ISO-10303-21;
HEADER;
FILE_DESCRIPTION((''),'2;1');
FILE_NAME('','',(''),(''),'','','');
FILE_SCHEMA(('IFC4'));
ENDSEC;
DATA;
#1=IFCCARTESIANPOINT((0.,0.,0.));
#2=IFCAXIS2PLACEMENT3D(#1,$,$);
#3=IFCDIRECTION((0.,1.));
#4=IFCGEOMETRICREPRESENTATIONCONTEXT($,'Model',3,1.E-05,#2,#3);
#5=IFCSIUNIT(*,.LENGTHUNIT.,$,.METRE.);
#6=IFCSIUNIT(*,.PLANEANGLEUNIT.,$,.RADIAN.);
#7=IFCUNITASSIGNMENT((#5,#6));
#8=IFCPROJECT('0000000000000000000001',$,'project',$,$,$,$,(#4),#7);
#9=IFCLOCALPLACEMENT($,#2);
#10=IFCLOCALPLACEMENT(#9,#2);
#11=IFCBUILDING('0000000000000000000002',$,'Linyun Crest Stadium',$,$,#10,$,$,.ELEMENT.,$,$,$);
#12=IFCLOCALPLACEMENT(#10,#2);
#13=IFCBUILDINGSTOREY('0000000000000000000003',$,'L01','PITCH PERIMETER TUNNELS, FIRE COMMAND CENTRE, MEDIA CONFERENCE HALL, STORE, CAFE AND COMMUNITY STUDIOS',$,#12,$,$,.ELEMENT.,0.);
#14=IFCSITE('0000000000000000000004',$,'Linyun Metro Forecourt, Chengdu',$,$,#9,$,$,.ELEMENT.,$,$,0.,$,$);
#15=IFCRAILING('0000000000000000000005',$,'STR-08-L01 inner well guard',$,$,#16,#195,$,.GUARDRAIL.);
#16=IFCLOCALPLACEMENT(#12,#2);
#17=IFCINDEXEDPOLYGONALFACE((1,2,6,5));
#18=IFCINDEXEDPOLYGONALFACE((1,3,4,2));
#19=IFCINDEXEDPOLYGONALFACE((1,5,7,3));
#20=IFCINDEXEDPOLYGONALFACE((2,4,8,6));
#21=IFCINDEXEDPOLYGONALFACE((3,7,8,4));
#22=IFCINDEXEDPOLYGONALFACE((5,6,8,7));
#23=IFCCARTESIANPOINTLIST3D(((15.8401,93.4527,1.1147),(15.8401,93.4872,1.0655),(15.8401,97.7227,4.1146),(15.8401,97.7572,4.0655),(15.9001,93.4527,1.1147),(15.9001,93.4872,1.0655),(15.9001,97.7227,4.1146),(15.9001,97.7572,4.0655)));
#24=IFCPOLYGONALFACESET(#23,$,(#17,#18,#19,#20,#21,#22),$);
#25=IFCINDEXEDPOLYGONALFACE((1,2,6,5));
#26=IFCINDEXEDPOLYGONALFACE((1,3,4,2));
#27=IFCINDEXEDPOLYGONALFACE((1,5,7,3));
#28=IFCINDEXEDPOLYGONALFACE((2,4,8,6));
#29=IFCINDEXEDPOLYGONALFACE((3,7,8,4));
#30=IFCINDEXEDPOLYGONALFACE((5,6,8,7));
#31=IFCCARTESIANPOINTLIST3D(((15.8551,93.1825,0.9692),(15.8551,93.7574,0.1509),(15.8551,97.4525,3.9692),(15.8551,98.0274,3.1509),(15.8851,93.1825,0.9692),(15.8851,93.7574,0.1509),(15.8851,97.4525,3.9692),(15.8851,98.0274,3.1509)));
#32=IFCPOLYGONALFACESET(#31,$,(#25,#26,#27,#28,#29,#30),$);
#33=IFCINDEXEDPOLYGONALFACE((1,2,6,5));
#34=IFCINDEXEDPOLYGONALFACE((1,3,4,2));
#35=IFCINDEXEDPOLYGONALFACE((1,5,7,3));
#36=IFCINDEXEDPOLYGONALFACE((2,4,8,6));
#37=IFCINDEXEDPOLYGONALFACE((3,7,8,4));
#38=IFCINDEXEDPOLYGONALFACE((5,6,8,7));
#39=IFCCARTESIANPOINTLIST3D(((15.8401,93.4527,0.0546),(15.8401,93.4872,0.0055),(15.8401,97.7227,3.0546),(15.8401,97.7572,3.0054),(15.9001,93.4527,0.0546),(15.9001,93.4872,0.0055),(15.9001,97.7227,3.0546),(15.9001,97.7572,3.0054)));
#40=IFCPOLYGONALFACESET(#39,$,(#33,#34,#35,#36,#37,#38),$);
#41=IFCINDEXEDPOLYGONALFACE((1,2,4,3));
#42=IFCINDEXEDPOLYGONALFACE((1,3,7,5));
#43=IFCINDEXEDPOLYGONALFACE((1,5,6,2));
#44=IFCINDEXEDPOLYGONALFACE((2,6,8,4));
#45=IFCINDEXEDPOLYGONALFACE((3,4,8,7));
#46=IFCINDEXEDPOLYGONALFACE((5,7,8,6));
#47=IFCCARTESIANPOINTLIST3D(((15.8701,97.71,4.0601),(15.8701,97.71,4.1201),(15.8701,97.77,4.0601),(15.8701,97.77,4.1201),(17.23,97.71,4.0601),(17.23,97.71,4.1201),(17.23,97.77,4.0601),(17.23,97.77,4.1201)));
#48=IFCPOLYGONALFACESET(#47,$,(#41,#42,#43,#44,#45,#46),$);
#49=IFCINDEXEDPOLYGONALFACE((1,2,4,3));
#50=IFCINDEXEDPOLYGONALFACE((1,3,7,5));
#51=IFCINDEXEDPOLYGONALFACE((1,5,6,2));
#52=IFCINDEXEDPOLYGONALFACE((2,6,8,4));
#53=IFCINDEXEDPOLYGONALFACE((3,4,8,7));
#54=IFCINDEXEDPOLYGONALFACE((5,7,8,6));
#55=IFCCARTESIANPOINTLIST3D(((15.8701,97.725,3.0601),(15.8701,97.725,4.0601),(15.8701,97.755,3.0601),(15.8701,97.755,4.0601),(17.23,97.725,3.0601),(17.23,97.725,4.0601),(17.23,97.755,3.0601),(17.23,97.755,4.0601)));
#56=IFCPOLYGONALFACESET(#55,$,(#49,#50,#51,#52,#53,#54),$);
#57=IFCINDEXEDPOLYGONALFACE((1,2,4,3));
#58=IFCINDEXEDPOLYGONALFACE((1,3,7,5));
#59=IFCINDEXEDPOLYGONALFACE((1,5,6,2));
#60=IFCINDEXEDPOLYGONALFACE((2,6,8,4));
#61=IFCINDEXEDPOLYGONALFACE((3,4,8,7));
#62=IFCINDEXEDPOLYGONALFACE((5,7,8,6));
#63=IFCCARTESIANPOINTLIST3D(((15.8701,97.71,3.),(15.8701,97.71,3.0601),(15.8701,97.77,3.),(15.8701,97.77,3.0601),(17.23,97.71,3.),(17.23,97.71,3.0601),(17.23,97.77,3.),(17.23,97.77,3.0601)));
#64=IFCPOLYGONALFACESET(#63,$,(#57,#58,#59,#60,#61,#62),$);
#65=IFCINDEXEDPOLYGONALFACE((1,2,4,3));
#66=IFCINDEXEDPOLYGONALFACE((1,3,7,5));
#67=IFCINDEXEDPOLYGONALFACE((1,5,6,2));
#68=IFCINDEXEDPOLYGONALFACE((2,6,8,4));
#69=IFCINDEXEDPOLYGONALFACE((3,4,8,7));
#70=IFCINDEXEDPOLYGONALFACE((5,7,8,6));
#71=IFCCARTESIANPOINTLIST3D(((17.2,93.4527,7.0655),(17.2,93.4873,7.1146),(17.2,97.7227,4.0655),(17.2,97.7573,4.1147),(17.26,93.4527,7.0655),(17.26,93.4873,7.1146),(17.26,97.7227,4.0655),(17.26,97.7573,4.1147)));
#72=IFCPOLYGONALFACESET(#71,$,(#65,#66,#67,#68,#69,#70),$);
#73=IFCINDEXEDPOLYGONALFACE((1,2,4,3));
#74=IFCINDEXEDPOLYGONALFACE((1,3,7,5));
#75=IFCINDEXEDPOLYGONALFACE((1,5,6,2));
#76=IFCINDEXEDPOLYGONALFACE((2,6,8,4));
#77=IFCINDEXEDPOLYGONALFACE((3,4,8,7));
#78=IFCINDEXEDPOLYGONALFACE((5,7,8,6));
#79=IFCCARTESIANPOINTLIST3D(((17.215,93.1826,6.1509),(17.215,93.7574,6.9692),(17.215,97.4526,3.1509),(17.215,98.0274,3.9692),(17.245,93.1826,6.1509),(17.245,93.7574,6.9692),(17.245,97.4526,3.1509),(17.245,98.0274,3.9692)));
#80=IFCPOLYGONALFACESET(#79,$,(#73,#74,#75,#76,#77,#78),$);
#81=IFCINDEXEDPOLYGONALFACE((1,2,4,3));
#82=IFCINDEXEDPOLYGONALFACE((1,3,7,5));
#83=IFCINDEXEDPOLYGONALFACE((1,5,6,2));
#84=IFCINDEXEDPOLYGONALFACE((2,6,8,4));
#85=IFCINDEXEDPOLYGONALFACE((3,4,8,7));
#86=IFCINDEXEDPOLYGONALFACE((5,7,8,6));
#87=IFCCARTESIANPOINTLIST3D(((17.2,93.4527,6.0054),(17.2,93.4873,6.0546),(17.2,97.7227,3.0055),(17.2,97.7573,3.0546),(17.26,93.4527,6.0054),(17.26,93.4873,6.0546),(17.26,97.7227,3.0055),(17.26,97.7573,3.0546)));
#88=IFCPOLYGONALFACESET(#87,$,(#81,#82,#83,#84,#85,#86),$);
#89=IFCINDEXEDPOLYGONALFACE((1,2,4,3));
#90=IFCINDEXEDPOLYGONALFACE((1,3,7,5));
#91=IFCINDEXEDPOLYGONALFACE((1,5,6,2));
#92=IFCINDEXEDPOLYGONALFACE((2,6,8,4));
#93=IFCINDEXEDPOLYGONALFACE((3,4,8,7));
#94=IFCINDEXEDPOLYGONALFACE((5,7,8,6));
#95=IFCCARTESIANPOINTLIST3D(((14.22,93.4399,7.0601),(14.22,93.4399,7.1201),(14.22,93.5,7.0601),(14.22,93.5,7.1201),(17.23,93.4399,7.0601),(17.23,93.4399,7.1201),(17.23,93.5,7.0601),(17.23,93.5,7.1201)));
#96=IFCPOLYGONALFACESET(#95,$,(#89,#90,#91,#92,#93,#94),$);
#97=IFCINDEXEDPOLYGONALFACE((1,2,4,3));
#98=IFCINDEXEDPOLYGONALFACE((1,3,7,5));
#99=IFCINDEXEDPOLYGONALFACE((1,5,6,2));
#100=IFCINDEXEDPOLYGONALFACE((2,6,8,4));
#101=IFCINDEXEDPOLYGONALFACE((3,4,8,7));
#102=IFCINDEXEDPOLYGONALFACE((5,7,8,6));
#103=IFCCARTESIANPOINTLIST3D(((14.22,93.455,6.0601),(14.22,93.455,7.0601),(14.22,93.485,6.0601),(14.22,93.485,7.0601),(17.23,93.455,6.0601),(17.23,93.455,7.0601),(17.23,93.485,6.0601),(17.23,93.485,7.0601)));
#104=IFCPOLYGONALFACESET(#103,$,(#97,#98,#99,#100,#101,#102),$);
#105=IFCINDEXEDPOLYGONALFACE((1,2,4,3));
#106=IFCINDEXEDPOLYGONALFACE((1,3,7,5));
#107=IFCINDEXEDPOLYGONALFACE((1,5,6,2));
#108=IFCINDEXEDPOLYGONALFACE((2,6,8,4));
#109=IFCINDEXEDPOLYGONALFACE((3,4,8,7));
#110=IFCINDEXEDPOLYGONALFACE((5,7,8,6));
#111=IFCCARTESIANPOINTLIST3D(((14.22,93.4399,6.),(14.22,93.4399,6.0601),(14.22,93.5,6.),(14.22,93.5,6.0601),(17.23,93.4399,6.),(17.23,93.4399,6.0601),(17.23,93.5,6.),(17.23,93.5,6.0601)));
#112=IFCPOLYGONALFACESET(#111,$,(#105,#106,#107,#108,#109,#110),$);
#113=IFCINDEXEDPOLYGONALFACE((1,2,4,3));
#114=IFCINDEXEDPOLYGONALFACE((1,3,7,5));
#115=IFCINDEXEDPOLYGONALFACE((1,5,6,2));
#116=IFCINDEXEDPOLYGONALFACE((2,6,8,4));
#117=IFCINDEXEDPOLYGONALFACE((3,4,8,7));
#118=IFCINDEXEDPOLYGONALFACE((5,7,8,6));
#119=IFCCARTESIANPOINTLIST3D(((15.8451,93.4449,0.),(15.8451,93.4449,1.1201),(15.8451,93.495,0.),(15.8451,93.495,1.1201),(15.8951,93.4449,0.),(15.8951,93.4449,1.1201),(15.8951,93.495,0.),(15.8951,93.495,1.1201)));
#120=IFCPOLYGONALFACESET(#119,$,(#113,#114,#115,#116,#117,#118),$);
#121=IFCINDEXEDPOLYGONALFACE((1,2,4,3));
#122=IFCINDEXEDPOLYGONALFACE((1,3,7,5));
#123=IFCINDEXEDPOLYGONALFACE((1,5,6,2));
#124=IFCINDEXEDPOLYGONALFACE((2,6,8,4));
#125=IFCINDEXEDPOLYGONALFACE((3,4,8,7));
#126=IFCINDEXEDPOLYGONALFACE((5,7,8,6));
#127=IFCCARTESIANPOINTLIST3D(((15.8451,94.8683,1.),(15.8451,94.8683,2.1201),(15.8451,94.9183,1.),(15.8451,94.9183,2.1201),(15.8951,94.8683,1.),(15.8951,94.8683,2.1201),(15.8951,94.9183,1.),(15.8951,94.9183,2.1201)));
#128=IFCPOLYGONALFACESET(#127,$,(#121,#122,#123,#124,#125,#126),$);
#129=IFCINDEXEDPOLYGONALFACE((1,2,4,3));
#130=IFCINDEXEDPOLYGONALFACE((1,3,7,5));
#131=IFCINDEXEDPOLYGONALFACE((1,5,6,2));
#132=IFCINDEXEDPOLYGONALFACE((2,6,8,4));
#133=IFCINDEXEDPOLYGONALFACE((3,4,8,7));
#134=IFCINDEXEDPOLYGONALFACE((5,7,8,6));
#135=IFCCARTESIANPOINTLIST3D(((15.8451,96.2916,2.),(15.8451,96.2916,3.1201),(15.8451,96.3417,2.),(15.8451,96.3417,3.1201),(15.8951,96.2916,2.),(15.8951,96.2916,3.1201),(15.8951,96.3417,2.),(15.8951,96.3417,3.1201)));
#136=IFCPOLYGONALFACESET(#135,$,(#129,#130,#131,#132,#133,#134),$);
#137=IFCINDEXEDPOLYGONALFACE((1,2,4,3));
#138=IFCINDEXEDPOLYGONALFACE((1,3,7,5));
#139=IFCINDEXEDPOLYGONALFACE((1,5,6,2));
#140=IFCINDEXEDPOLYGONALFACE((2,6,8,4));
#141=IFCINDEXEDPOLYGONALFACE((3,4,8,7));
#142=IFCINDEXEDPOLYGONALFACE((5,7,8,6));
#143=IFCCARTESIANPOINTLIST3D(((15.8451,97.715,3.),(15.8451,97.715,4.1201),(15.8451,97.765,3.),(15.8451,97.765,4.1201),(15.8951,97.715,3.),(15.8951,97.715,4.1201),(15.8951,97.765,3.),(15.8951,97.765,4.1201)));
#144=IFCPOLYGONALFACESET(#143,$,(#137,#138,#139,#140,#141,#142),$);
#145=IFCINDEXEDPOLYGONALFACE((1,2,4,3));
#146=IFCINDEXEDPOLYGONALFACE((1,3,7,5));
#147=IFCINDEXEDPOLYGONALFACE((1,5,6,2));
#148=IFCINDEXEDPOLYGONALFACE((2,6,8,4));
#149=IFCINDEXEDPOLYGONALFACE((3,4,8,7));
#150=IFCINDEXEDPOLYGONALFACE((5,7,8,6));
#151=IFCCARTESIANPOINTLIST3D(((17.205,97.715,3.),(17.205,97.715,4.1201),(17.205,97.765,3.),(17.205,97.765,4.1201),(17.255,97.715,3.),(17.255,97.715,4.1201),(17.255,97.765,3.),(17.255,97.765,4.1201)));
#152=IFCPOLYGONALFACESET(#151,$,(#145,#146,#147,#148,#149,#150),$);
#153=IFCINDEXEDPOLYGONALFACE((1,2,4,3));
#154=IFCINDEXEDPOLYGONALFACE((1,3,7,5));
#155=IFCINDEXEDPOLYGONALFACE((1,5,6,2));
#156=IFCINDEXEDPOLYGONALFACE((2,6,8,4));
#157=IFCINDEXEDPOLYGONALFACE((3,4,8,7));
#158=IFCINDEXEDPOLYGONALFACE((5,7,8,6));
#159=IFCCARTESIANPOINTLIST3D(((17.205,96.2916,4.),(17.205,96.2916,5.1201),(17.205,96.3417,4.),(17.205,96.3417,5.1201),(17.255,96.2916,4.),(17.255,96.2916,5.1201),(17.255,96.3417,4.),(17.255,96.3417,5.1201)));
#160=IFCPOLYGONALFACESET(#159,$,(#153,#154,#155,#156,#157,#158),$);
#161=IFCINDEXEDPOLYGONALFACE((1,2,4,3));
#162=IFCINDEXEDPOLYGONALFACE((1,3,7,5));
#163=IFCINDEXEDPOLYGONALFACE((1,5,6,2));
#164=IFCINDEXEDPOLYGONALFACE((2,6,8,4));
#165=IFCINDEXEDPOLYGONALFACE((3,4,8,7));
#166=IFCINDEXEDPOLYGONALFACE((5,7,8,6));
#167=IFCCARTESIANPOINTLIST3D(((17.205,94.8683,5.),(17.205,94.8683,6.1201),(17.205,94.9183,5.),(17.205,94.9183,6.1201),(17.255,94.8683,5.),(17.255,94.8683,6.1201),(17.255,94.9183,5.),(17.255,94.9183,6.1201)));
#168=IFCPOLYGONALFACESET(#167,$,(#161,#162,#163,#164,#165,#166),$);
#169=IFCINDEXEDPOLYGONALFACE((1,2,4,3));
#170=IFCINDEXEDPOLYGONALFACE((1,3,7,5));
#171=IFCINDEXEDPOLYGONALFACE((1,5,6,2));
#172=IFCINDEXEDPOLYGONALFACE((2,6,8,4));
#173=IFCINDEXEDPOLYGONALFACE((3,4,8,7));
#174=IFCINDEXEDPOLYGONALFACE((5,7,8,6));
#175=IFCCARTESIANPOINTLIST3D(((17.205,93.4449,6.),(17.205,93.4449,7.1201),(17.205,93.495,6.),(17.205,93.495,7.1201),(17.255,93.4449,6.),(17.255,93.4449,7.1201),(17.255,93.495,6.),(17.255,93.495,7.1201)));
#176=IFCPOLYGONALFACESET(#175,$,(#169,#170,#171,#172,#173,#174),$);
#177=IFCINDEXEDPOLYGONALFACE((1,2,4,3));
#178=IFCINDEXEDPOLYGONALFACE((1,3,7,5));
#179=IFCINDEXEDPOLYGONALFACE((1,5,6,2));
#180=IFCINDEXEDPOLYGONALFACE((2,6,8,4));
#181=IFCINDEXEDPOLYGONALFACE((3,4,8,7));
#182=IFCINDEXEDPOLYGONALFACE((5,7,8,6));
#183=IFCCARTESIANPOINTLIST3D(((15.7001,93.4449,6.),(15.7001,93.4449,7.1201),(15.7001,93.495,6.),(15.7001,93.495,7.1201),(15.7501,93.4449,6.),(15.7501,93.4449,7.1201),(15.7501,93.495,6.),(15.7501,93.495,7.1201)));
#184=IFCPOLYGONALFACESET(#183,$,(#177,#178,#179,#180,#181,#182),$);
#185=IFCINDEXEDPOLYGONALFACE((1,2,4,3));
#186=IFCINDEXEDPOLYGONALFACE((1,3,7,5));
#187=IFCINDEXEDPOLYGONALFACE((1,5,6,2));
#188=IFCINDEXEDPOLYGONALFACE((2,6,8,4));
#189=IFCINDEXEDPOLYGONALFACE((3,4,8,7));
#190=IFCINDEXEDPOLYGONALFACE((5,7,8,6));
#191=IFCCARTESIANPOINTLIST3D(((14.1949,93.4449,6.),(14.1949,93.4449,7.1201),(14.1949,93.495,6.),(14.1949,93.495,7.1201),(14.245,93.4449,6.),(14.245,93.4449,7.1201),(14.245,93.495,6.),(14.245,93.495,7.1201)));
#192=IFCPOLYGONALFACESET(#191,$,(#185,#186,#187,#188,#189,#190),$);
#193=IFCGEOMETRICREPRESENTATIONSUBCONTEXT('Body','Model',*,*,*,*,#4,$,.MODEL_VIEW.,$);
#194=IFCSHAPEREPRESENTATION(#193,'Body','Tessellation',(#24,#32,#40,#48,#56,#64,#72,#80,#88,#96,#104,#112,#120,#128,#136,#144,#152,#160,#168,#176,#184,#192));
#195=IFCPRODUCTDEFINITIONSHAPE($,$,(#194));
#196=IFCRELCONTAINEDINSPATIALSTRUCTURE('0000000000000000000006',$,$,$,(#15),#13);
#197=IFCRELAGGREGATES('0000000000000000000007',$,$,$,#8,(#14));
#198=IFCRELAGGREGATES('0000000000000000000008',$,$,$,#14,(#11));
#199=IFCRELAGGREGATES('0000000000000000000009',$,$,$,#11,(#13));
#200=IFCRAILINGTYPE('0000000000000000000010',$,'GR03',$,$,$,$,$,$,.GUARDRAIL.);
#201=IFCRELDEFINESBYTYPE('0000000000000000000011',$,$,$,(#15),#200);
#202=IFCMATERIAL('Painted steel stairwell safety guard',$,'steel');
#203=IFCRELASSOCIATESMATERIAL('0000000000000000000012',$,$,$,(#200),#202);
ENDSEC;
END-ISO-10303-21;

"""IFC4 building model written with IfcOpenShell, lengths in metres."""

from ifc_helpers import new_model, si_unit, direction, frame, origin, origin_2d, place, context, subcontext, project, spatial, rectangle, extrude, material, type_object, element, save


model = new_model("IFC4")

# Units and contexts
model_context = context("Model", 3, precision=1e-05, world=origin(), true_north=direction((0.0, 1.0)))
body_context = subcontext(model_context, "Body", "Model", "MODEL_VIEW")
ifc_project = project(units=[si_unit("LENGTHUNIT", "METRE"), si_unit("PLANEANGLEUNIT", "RADIAN")], contexts=[model_context])

# Site, building, storey
site_placement = place(None, origin())
site = spatial("IfcSite", under=ifc_project, at=site_placement, Name="Linyun Metro Forecourt, Chengdu", CompositionType="ELEMENT", RefElevation=0.0)
building_placement = place(site_placement, origin())
building = spatial("IfcBuilding", under=site, at=building_placement, Name="Linyun Crest Stadium", CompositionType="ELEMENT")
storey_placement = place(building_placement, origin())
storey = spatial("IfcBuildingStorey", under=building, at=storey_placement, Name="L01", Description="PITCH PERIMETER TUNNELS, FIRE COMMAND CENTRE, MEDIA CONFERENCE HALL, STORE, CAFE AND COMMUNITY STUDIOS", CompositionType="ELEMENT", Elevation=0.0)

# Railing
ifc_material_1 = material(Name="Painted steel stairwell safety guard", Category="steel")
railing_type_1 = type_object("IfcRailingType", Name="GR03", PredefinedType="GUARDRAIL", material=ifc_material_1)
railing_1_placement = place(storey_placement, frame((15.8701, 93.47, 0.0)))
element("IfcRailing", 1, at=railing_1_placement, inside=storey, type_object=railing_type_1, Name="STR-08-L01 inner well guard", PredefinedType="GUARDRAIL", context=body_context, shape_type="SweptSolid", body=[
    extrude(rectangle(XDim=0.0601, YDim=0.0601, at=origin_2d()), frame((0.0, 0.0, 1.0901), z_axis=(0.0, 0.818242, 0.574874), x_axis=(-1.0, 0.0, 0.0)), (0.0, 0.0, 1.0), 5.2185),
    extrude(rectangle(XDim=0.03, YDim=1.0, at=origin_2d()), frame((0.0, 0.0, 0.5601), z_axis=(0.0, 0.818242, 0.574874), x_axis=(-1.0, 0.0, 0.0)), (0.0, 0.0, 1.0), 5.2185),
    extrude(rectangle(XDim=0.0601, YDim=0.0601, at=origin_2d()), frame((0.0, 0.0, 0.03), z_axis=(0.0, 0.818242, 0.574874), x_axis=(-1.0, 0.0, 0.0)), (0.0, 0.0, 1.0), 5.2185),
    extrude(rectangle(XDim=0.0601, YDim=0.0601, at=origin_2d()), frame((0.0, 4.27, 4.0901), z_axis=(1.0, 0.0, 0.0), x_axis=(0.0, 1.0, 0.0)), (0.0, 0.0, 1.0), 1.3599),
    extrude(rectangle(XDim=0.03, YDim=1.0, at=origin_2d()), frame((0.0, 4.27, 3.5601), z_axis=(1.0, 0.0, 0.0), x_axis=(0.0, 1.0, 0.0)), (0.0, 0.0, 1.0), 1.3599),
    extrude(rectangle(XDim=0.0601, YDim=0.0601, at=origin_2d()), frame((0.0, 4.27, 3.03), z_axis=(1.0, 0.0, 0.0), x_axis=(0.0, 1.0, 0.0)), (0.0, 0.0, 1.0), 1.3599),
    extrude(rectangle(XDim=0.0601, YDim=0.0601, at=origin_2d()), frame((1.3599, 4.27, 4.0901), z_axis=(0.0, -0.818242, 0.574874), x_axis=(1.0, 0.0, 0.0)), (0.0, 0.0, 1.0), 5.2185),
    extrude(rectangle(XDim=0.03, YDim=1.0, at=origin_2d()), frame((1.3599, 4.27, 3.5601), z_axis=(0.0, -0.818242, 0.574874), x_axis=(1.0, 0.0, 0.0)), (0.0, 0.0, 1.0), 5.2185),
    extrude(rectangle(XDim=0.0601, YDim=0.0601, at=origin_2d()), frame((1.3599, 4.27, 3.03), z_axis=(0.0, -0.818242, 0.574874), x_axis=(1.0, 0.0, 0.0)), (0.0, 0.0, 1.0), 5.2185),
    extrude(rectangle(XDim=0.0601, YDim=0.0601, at=origin_2d()), frame((1.3599, 0.0, 7.0901), z_axis=(-1.0, 0.0, 0.0), x_axis=(0.0, -1.0, 0.0)), (0.0, 0.0, 1.0), 3.01),
    extrude(rectangle(XDim=0.03, YDim=1.0, at=origin_2d()), frame((1.3599, 0.0, 6.5601), z_axis=(-1.0, 0.0, 0.0), x_axis=(0.0, -1.0, 0.0)), (0.0, 0.0, 1.0), 3.01),
    extrude(rectangle(XDim=0.0601, YDim=0.0601, at=origin_2d()), frame((1.3599, 0.0, 6.03), z_axis=(-1.0, 0.0, 0.0), x_axis=(0.0, -1.0, 0.0)), (0.0, 0.0, 1.0), 3.01),
    extrude(rectangle(XDim=0.05, YDim=0.05, at=origin_2d()), origin(), (0.0, 0.0, 1.0), 1.1201),
    extrude(rectangle(XDim=0.05, YDim=0.05, at=origin_2d()), frame((0.0, 1.4233, 1.0)), (0.0, 0.0, 1.0), 1.1201),
    extrude(rectangle(XDim=0.05, YDim=0.05, at=origin_2d()), frame((0.0, 2.8467, 2.0)), (0.0, 0.0, 1.0), 1.1201),
    extrude(rectangle(XDim=0.05, YDim=0.05, at=origin_2d()), frame((0.0, 4.27, 3.0)), (0.0, 0.0, 1.0), 1.1201),
    extrude(rectangle(XDim=0.05, YDim=0.05, at=origin_2d()), frame((1.3599, 4.27, 3.0)), (0.0, 0.0, 1.0), 1.1201),
    extrude(rectangle(XDim=0.05, YDim=0.05, at=origin_2d()), frame((1.3599, 2.8467, 4.0)), (0.0, 0.0, 1.0), 1.1201),
    extrude(rectangle(XDim=0.05, YDim=0.05, at=origin_2d()), frame((1.3599, 1.4233, 5.0)), (0.0, 0.0, 1.0), 1.1201),
    extrude(rectangle(XDim=0.05, YDim=0.05, at=origin_2d()), frame((1.3599, 0.0, 6.0)), (0.0, 0.0, 1.0), 1.1201),
    extrude(rectangle(XDim=0.05, YDim=0.05, at=origin_2d()), frame((-0.145, 0.0, 6.0)), (0.0, 0.0, 1.0), 1.1201),
    extrude(rectangle(XDim=0.05, YDim=0.05, at=origin_2d()), frame((-1.6501, 0.0, 6.0)), (0.0, 0.0, 1.0), 1.1201),
])

save(model, "model.ifc")
